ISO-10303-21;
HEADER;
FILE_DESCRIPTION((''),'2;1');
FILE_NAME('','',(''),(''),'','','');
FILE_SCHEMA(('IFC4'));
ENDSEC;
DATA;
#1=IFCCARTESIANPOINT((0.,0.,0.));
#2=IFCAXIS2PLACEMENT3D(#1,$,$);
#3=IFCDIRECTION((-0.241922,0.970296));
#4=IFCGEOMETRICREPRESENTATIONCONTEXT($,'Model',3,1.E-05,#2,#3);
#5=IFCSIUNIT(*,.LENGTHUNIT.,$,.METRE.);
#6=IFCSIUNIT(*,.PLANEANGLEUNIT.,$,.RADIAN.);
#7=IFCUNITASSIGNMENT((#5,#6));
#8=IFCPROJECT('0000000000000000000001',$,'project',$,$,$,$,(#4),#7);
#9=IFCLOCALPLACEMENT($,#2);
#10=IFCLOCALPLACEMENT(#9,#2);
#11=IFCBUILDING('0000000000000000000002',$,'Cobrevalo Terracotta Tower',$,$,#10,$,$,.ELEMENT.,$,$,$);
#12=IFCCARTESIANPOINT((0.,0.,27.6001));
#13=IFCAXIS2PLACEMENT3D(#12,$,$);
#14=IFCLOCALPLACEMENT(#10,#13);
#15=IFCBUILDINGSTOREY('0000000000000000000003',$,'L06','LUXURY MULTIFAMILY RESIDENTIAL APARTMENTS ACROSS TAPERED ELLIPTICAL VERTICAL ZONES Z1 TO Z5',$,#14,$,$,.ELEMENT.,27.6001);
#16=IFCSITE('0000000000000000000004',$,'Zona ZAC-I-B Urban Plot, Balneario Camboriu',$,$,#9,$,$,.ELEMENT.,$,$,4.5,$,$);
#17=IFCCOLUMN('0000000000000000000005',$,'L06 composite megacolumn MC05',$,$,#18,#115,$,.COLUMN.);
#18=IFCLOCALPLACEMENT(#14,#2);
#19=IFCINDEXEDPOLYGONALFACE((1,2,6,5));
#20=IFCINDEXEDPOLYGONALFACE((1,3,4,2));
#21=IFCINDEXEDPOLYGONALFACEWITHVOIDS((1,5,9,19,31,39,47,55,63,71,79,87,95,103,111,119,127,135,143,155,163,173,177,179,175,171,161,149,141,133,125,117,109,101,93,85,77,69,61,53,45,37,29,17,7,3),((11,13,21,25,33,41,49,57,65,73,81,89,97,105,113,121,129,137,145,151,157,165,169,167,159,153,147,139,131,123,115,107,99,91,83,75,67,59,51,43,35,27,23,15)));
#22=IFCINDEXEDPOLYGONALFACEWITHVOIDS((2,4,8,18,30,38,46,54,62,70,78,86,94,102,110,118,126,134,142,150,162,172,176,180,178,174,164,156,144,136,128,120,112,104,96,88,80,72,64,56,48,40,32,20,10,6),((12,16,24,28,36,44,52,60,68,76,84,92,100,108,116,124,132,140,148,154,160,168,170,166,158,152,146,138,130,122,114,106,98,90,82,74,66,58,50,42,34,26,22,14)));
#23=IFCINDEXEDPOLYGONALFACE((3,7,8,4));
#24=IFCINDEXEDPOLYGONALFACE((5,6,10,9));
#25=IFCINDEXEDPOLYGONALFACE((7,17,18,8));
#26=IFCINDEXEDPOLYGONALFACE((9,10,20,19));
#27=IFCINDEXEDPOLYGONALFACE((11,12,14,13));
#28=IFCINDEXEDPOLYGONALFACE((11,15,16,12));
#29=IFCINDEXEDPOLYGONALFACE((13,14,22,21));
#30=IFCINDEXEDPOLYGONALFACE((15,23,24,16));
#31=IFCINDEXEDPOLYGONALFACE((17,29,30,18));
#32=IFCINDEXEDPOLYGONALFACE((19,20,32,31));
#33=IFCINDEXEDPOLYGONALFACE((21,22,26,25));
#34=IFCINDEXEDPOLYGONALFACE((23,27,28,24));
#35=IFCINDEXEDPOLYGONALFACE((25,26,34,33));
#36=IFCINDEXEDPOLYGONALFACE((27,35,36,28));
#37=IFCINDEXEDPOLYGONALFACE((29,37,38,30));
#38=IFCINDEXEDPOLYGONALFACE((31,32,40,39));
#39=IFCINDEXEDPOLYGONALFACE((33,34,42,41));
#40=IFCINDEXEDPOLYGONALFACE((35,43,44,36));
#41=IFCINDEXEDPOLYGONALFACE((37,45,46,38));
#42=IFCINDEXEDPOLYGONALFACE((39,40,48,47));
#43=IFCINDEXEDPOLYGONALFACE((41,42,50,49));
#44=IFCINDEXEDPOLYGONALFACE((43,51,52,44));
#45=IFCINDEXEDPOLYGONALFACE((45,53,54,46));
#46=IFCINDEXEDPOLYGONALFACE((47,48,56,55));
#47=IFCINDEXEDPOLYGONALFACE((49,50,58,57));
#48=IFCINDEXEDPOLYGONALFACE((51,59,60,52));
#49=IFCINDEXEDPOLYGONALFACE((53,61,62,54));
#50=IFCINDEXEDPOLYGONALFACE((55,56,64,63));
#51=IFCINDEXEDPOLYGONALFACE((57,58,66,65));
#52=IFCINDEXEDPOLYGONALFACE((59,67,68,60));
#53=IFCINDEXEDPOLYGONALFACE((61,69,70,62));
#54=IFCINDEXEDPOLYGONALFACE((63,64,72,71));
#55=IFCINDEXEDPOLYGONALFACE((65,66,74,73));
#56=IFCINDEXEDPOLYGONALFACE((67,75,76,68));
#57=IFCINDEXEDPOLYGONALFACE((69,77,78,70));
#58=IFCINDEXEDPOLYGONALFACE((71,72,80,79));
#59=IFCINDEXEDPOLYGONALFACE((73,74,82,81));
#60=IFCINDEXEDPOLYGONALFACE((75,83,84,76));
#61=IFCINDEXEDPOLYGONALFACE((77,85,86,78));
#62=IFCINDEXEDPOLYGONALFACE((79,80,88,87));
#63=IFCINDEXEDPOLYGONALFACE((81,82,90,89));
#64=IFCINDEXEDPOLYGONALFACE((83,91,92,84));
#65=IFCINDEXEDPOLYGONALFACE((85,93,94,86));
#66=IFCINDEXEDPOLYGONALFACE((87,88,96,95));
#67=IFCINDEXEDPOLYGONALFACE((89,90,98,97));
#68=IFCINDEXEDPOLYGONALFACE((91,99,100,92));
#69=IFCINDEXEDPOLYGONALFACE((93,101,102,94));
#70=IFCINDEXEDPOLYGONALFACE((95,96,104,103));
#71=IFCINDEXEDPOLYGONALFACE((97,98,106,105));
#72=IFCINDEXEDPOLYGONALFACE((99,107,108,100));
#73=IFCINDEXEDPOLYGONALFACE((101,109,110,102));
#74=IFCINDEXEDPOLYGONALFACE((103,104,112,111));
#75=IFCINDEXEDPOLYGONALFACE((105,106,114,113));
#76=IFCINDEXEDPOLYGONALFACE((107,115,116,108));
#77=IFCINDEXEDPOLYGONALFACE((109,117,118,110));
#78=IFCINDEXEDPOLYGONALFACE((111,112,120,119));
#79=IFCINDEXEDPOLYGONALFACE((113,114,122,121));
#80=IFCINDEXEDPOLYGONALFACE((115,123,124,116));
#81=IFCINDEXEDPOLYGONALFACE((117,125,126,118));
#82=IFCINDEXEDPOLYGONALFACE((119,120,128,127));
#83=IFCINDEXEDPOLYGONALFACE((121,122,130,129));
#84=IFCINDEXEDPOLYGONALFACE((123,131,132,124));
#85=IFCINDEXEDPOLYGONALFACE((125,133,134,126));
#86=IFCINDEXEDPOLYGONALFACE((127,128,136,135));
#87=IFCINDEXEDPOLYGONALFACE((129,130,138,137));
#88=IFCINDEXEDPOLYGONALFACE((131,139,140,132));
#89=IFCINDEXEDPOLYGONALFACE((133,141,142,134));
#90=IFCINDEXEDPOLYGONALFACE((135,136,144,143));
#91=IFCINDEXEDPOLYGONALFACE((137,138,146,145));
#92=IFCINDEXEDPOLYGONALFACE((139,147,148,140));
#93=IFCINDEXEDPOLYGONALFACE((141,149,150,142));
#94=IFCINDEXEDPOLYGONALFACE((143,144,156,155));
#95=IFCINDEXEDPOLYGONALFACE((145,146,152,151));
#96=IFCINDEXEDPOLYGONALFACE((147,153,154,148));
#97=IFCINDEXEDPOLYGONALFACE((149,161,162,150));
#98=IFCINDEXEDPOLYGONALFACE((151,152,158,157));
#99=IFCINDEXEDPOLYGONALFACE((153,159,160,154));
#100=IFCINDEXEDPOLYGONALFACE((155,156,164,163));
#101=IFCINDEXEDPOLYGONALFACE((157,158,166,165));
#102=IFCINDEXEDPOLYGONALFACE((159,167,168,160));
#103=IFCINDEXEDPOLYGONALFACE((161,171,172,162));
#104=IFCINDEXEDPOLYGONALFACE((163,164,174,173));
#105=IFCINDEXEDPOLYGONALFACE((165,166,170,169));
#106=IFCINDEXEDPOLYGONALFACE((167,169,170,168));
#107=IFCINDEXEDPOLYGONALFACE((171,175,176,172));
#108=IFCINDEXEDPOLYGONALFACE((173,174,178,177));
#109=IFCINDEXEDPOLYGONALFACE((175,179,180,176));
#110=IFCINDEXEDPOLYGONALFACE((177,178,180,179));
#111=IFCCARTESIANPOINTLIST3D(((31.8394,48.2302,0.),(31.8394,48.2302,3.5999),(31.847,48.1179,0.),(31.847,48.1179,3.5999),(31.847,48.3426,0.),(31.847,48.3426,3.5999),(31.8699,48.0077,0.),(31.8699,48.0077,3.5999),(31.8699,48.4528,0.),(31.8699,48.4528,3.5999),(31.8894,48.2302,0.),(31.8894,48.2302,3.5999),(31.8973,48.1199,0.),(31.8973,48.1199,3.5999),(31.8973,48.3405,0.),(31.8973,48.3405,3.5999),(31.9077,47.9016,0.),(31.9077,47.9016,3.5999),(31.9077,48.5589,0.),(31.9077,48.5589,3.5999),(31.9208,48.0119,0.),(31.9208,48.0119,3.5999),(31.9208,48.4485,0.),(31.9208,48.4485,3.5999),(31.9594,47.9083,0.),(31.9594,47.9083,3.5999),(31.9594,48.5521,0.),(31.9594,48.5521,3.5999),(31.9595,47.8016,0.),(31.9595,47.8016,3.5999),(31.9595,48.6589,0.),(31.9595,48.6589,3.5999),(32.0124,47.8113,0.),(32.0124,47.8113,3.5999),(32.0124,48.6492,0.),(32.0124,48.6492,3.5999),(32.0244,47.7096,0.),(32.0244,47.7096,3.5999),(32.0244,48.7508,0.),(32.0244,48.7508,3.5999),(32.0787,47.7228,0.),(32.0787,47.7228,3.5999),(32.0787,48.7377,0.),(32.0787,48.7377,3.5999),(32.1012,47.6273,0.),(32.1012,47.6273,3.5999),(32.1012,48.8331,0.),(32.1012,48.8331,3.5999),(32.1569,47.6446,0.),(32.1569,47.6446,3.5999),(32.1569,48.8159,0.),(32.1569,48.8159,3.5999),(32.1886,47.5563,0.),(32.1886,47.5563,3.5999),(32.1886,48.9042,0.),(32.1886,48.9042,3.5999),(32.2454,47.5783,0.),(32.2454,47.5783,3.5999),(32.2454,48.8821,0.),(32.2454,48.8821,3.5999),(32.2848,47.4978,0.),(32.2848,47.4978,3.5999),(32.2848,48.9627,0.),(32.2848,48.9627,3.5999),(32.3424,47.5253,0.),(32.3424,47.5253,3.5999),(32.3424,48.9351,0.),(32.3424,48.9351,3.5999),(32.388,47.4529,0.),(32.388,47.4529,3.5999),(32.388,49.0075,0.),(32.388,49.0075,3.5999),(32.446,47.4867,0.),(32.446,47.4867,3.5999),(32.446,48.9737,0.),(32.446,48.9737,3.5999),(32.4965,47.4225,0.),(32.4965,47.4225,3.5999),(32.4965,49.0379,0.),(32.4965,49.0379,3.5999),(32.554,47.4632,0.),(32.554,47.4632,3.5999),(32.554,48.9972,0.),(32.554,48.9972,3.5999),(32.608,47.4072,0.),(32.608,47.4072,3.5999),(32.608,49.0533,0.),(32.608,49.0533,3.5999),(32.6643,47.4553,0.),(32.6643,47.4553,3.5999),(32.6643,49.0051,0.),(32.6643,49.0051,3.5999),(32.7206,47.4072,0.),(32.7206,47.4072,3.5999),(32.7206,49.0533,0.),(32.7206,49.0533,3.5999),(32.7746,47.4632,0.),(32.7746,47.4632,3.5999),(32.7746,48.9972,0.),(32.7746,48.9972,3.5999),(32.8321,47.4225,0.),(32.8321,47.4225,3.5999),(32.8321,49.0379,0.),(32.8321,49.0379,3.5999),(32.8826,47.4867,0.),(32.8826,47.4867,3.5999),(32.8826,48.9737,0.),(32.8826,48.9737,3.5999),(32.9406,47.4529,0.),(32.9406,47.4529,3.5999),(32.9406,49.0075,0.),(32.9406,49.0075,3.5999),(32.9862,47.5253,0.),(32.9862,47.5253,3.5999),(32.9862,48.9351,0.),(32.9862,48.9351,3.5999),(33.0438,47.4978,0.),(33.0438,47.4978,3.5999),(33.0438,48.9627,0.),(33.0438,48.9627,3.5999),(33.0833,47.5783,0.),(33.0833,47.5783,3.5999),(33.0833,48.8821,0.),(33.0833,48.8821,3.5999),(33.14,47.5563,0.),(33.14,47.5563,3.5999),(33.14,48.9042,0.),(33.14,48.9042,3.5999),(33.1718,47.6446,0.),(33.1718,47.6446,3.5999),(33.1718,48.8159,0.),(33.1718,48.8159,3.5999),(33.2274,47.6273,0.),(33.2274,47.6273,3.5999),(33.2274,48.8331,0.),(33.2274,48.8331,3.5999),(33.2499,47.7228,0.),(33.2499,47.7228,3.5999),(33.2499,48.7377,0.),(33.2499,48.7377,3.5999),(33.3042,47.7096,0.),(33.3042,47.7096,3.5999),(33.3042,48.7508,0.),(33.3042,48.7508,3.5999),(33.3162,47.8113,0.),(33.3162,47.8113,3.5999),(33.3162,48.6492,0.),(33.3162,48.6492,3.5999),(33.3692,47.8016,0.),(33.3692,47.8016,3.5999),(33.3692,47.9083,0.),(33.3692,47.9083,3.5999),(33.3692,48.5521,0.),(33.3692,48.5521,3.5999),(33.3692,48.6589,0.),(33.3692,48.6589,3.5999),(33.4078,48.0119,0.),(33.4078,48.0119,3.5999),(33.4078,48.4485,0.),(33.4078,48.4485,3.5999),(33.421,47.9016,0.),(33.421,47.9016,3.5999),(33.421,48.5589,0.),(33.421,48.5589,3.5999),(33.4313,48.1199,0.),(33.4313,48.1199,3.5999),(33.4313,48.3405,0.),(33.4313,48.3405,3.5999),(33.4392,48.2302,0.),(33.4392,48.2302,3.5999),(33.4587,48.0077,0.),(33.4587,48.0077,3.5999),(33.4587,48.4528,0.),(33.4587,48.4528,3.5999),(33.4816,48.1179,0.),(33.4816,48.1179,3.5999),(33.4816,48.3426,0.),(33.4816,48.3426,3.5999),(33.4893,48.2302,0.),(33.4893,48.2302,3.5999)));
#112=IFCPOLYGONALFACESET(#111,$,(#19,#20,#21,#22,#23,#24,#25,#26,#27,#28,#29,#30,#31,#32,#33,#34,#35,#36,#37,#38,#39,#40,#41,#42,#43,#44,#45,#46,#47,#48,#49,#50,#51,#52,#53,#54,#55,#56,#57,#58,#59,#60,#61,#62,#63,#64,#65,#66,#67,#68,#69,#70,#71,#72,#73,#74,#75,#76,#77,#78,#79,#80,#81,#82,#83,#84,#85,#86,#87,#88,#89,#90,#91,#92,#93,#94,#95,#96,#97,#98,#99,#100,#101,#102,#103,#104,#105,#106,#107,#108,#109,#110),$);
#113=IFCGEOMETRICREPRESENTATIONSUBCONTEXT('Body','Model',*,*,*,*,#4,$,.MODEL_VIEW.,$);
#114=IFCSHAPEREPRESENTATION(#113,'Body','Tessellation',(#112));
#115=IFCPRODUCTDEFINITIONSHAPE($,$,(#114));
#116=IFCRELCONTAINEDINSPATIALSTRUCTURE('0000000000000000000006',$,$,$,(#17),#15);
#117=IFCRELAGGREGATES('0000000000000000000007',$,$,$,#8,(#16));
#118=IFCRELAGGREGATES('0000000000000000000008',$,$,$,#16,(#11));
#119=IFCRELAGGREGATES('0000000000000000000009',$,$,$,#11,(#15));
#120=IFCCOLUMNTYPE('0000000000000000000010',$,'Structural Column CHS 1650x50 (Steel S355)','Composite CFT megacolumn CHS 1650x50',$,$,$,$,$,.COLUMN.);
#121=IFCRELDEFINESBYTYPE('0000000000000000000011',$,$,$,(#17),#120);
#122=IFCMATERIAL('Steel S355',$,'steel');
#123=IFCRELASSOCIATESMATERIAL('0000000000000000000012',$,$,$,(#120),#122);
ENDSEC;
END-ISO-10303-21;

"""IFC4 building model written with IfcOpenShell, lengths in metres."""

from ifc_helpers import new_model, si_unit, direction, frame, origin, origin_2d, place, context, subcontext, project, spatial, hollow_circle, extrude, material, material_profile, profile_set, type_object, element, save


model = new_model("IFC4")

# Units and contexts
model_context = context("Model", 3, precision=1e-05, world=origin(), true_north=direction((-0.241922, 0.970296)))
body_context = subcontext(model_context, "Body", "Model", "MODEL_VIEW")
ifc_project = project(units=[si_unit("LENGTHUNIT", "METRE"), si_unit("PLANEANGLEUNIT", "RADIAN")], contexts=[model_context])

# Site, building, storey
site_placement = place(None, origin())
site = spatial("IfcSite", under=ifc_project, at=site_placement, Name="Zona ZAC-I-B Urban Plot, Balneario Camboriu", CompositionType="ELEMENT", RefElevation=4.5)
building_placement = place(site_placement, origin())
building = spatial("IfcBuilding", under=site, at=building_placement, Name="Cobrevalo Terracotta Tower", CompositionType="ELEMENT")
storey_placement = place(building_placement, frame((0.0, 0.0, 27.6001)))
storey = spatial("IfcBuildingStorey", under=building, at=storey_placement, Name="L06", Description="LUXURY MULTIFAMILY RESIDENTIAL APARTMENTS ACROSS TAPERED ELLIPTICAL VERTICAL ZONES Z1 TO Z5", CompositionType="ELEMENT", Elevation=27.6001)

# Column
ifc_material_1 = material(Name="Steel S355", Category="steel")
ifc_material_profile_1 = material_profile(ifc_material_1, hollow_circle(Radius=0.825, WallThickness=0.05, at=origin_2d()), Name="CHS 1650x50")
ifc_profile_set_1 = profile_set([ifc_material_profile_1], Name="Steel S355")
column_type_1 = type_object("IfcColumnType", Name="Structural Column CHS 1650x50 (Steel S355)", Description="Composite CFT megacolumn CHS 1650x50", PredefinedType="COLUMN", material=ifc_profile_set_1)
for number, where, z_axis, x_axis, name in (
    (1, (32.6643, 48.2302, 0.0), (0.0, 0.0, 1.0), (1.0, 0.0, 0.0), "L06 composite megacolumn MC05"),
):
    element("IfcColumn", number, at=place(storey_placement, frame(where, z_axis=z_axis, x_axis=x_axis)), inside=storey, type_object=column_type_1, Name=name, PredefinedType="COLUMN", context=body_context, shape_type="SweptSolid", body=[
        extrude(hollow_circle(Radius=0.825, WallThickness=0.05, at=origin_2d()), origin(), (0.0, 0.0, 1.0), 3.5999),
    ])

save(model, "model.ifc")
